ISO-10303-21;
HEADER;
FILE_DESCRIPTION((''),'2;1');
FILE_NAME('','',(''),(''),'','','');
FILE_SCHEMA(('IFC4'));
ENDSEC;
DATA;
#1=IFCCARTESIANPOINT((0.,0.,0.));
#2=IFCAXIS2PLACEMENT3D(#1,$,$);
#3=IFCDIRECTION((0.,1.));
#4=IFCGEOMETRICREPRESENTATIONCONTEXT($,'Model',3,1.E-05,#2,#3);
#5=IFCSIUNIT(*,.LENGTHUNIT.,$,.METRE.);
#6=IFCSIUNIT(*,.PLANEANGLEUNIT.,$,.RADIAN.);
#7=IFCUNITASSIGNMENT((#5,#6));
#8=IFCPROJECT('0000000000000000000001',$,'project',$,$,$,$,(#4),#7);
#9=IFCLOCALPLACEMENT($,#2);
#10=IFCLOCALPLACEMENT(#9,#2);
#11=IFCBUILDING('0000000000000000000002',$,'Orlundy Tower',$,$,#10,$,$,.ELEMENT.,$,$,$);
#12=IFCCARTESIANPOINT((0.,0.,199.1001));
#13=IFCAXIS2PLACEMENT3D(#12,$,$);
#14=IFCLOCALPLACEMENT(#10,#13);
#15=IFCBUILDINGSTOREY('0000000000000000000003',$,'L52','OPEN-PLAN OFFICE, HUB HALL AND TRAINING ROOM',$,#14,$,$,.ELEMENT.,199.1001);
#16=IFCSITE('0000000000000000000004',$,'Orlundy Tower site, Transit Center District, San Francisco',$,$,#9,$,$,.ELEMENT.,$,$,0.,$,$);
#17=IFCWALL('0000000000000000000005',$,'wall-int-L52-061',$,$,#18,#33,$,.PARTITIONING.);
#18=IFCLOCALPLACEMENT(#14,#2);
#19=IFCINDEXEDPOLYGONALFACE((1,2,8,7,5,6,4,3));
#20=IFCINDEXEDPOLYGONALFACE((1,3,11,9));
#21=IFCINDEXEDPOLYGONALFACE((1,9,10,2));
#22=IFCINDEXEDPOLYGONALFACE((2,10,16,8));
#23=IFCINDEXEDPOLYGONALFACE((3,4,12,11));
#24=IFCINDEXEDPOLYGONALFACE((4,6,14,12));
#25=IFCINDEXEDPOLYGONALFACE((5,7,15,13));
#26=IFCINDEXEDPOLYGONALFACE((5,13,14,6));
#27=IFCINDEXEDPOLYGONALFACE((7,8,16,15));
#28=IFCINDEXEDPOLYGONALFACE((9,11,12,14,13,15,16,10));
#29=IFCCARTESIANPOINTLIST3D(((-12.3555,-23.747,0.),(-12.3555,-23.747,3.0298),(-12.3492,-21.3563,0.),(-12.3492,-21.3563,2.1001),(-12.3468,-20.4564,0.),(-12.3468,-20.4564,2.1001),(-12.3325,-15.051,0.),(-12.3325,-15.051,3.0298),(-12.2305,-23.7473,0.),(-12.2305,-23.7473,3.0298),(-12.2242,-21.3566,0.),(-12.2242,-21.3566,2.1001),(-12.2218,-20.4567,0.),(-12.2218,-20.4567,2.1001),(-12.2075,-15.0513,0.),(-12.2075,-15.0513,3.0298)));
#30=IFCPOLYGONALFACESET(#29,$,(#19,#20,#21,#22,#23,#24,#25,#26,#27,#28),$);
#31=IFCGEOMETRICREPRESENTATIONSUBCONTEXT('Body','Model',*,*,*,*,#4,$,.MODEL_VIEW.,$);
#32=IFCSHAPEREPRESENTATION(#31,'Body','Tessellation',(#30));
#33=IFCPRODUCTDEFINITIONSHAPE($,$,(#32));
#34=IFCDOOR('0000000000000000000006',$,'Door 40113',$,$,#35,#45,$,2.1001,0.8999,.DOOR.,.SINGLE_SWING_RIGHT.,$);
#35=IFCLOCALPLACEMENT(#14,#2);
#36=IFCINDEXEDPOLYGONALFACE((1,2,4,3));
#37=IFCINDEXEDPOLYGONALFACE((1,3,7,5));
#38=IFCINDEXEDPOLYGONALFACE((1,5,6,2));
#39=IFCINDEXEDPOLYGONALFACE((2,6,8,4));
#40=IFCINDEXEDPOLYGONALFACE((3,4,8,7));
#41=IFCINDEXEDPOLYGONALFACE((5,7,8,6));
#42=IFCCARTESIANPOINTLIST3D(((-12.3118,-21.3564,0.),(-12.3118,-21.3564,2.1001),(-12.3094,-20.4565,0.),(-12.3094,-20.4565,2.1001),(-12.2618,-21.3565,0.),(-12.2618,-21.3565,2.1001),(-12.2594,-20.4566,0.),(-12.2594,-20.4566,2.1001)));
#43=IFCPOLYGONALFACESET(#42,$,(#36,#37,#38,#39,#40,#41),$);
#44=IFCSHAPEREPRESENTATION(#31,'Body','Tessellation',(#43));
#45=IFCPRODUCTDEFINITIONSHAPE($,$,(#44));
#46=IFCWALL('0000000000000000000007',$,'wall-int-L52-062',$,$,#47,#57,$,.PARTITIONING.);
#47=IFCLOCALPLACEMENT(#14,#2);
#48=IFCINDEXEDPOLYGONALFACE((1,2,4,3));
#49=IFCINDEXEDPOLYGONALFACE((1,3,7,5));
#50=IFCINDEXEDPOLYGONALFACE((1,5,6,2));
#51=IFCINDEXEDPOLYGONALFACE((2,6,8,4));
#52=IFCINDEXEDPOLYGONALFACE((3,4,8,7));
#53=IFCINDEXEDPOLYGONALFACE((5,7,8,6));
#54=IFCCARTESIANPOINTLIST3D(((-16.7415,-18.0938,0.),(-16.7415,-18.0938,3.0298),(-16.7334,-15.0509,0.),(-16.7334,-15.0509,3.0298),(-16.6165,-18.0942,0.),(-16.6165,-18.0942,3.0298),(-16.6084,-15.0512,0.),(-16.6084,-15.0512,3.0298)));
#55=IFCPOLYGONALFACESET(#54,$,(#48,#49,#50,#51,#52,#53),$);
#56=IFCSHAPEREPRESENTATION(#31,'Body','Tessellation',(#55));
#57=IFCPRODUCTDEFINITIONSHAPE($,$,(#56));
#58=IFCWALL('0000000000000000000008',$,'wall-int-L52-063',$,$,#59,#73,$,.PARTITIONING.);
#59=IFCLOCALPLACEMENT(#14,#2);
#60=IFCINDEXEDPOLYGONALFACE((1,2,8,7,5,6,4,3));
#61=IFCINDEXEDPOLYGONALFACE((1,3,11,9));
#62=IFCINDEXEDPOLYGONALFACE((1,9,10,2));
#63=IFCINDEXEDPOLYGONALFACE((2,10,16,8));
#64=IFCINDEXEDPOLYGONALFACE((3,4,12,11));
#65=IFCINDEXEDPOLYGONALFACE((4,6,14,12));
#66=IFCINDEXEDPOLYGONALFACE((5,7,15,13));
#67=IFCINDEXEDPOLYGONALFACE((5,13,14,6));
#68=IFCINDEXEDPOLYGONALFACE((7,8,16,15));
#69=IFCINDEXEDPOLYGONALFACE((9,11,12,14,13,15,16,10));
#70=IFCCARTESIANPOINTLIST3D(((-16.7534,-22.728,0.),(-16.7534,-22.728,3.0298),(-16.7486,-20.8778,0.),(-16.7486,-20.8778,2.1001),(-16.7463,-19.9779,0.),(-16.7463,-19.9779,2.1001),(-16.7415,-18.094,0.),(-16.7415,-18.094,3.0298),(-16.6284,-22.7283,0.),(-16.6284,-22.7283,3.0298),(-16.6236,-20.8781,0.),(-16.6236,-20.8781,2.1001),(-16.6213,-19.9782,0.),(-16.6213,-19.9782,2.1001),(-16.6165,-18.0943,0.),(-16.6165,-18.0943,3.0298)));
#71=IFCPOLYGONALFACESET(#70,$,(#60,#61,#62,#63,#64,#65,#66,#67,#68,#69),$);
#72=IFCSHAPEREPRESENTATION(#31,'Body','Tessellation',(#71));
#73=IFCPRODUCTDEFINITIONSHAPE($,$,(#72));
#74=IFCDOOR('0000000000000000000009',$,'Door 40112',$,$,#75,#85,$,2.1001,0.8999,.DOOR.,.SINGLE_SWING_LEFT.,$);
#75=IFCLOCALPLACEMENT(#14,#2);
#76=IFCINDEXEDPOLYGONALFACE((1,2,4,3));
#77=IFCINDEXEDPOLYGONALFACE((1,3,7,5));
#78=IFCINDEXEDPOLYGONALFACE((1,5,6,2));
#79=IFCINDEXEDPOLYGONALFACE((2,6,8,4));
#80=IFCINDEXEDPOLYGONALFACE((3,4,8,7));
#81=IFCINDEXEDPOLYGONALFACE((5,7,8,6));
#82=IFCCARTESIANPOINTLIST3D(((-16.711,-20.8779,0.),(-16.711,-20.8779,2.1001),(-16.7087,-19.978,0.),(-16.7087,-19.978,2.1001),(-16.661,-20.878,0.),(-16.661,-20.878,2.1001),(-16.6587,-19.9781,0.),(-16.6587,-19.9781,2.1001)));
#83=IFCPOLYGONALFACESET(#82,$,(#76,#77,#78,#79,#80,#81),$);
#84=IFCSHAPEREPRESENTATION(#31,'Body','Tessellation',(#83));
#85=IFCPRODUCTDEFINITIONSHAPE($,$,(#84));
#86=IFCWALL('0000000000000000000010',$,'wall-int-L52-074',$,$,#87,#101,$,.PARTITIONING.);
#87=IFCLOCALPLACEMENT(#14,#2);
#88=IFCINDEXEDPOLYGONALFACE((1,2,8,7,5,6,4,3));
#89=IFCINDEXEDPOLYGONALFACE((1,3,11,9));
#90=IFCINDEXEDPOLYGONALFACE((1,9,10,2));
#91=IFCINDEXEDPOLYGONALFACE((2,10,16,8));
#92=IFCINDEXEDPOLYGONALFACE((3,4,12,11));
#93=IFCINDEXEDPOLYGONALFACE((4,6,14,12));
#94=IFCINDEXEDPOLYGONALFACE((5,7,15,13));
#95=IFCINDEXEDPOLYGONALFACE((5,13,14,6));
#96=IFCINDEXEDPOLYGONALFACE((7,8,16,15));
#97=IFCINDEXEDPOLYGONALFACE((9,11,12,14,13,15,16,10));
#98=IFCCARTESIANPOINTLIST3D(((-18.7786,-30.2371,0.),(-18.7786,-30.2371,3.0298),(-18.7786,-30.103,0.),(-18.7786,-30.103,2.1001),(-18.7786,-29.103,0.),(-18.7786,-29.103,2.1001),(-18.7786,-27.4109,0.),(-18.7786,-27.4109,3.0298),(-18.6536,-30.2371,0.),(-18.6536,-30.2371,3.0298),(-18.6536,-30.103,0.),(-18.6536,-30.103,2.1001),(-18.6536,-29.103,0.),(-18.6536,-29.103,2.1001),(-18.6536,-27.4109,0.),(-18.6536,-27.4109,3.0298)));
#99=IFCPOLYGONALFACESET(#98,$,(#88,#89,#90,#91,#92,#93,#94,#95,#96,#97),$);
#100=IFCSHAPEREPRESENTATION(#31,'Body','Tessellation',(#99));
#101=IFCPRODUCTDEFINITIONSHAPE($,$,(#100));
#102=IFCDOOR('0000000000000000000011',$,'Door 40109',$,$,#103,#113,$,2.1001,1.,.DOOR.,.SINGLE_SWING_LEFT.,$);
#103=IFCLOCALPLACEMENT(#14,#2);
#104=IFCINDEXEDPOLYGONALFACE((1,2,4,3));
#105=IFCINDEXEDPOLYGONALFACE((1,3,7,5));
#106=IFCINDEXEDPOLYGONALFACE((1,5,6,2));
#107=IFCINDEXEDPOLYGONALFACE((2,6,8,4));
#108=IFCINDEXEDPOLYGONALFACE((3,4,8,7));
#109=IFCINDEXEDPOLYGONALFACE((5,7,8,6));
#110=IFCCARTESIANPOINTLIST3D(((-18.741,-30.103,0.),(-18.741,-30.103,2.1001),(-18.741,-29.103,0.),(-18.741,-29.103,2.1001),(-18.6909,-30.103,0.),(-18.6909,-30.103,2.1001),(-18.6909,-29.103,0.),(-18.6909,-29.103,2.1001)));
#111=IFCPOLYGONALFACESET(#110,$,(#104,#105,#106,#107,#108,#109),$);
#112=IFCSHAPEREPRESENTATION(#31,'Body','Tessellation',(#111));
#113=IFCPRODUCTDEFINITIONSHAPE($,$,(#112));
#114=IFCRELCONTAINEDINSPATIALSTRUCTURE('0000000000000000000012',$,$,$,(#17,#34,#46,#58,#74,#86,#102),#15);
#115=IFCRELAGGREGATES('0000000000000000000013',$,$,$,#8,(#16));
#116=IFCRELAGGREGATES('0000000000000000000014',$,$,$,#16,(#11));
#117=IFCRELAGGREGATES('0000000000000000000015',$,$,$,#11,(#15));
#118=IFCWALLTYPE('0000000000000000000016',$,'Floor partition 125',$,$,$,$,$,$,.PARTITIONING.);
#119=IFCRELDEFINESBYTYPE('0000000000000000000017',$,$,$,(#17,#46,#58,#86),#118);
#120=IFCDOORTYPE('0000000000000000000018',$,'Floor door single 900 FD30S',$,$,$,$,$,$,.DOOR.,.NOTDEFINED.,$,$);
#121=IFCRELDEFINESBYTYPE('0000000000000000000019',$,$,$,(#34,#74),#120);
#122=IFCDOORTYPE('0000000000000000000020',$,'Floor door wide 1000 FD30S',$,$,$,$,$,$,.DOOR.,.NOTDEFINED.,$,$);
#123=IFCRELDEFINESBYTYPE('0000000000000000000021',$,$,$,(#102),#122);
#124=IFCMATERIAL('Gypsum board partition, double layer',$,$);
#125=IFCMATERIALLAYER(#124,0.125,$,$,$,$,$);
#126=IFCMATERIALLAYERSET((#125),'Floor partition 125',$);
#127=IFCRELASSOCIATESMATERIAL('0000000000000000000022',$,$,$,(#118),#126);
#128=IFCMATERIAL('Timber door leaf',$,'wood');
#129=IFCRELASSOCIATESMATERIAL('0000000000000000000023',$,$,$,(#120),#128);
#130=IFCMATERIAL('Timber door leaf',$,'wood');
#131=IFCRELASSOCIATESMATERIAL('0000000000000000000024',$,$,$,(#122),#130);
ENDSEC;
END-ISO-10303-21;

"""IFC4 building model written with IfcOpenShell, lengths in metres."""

from ifc_helpers import new_model, si_unit, direction, frame, frame_2d, origin, place, context, subcontext, project, spatial, rectangle, extrude, material, layer, layer_set, type_object, element, fill, save


model = new_model("IFC4")

# Units and contexts
model_context = context("Model", 3, precision=1e-05, world=origin(), true_north=direction((0.0, 1.0)))
body_context = subcontext(model_context, "Body", "Model", "MODEL_VIEW")
ifc_project = project(units=[si_unit("LENGTHUNIT", "METRE"), si_unit("PLANEANGLEUNIT", "RADIAN")], contexts=[model_context])

# Site, building, storey
site_placement = place(None, origin())
site = spatial("IfcSite", under=ifc_project, at=site_placement, Name="Orlundy Tower site, Transit Center District, San Francisco", CompositionType="ELEMENT", RefElevation=0.0)
building_placement = place(site_placement, origin())
building = spatial("IfcBuilding", under=site, at=building_placement, Name="Orlundy Tower", CompositionType="ELEMENT")
storey_placement = place(building_placement, frame((0.0, 0.0, 199.1001)))
storey = spatial("IfcBuildingStorey", under=building, at=storey_placement, Name="L52", Description="OPEN-PLAN OFFICE, HUB HALL AND TRAINING ROOM", CompositionType="ELEMENT", Elevation=199.1001)

# Shared definitions
ifc_material_1 = material(Name="Gypsum board partition, double layer")
ifc_layer_1 = layer(ifc_material_1, 0.125)
ifc_layer_set_1 = layer_set([ifc_layer_1], Name="Floor partition 125")
wall_type_1 = type_object("IfcWallType", Name="Floor partition 125", PredefinedType="PARTITIONING", material=ifc_layer_set_1)

# Wall, opening, door
ifc_material_2 = material(Name="Timber door leaf", Category="wood")
door_type_1 = type_object("IfcDoorType", Name="Floor door single 900 FD30S", OperationType="NOTDEFINED", PredefinedType="DOOR", material=ifc_material_2)
wall_1_placement = place(storey_placement, frame((-12.27, -15.051, 0.0), z_axis=(0.0, 0.0, 1.0), x_axis=(-0.002639, -0.999997, 0.0)))
wall_1 = element("IfcWall", 1, at=wall_1_placement, inside=storey, type_object=wall_type_1, Name="wall-int-L52-061", PredefinedType="PARTITIONING", context=body_context, shape_type="SweptSolid", body=[
    extrude(rectangle(XDim=8.696, YDim=0.125, at=frame_2d((4.3481, 0.0))), origin(), (0.0, 0.0, 1.0), 3.0298),
])
opening_1_placement = place(wall_1_placement, frame((5.4055, 0.0, 0.0)))
opening_1 = element("IfcOpeningElement", 2, at=opening_1_placement, cuts=wall_1, PredefinedType="OPENING", context=body_context, shape_type="SweptSolid", body=[
    extrude(rectangle(XDim=0.8999, YDim=2.1001, at=frame_2d((0.45, 1.05))), frame((0.0, 0.0725, 0.0), z_axis=(0.0, -1.0, 0.0), x_axis=(1.0, 0.0, 0.0)), (0.0, 0.0, 1.0), 0.145),
])
door_1_placement = place(opening_1_placement, origin())
door_1 = element("IfcDoor", 3, at=door_1_placement, inside=storey, type_object=door_type_1, Name="Door 40113", OperationType="SINGLE_SWING_RIGHT", OverallHeight=2.1001, OverallWidth=0.8999, PredefinedType="DOOR", context=body_context, shape_type="SweptSolid", body=[
    extrude(rectangle(XDim=0.8999, YDim=2.1001, at=frame_2d((0.45, 1.05))), frame((0.0, 0.0249, 0.0), z_axis=(0.0, -1.0, 0.0), x_axis=(1.0, 0.0, 0.0)), (0.0, 0.0, 1.0), 0.05),
])
fill(opening_1, door_1)

# Wall
wall_2_placement = place(storey_placement, frame((-16.679, -18.094, 0.0), z_axis=(0.0, 0.0, 1.0), x_axis=(0.002648, 0.999996, 0.0)))
element("IfcWall", 4, at=wall_2_placement, inside=storey, type_object=wall_type_1, Name="wall-int-L52-062", PredefinedType="PARTITIONING", context=body_context, shape_type="SweptSolid", body=[
    extrude(rectangle(XDim=3.043, YDim=0.125, at=frame_2d((1.5215, 0.0))), origin(), (0.0, 0.0, 1.0), 3.0298),
])

# Walls, openings, doors
wall_3_placement = place(storey_placement, frame((-16.6909, -22.728, 0.0), z_axis=(0.0, 0.0, 1.0), x_axis=(0.002582, 0.999997, 0.0)))
wall_3 = element("IfcWall", 5, at=wall_3_placement, inside=storey, type_object=wall_type_1, Name="wall-int-L52-063", PredefinedType="PARTITIONING", context=body_context, shape_type="SweptSolid", body=[
    extrude(rectangle(XDim=4.634, YDim=0.125, at=frame_2d((2.3169, 0.0))), origin(), (0.0, 0.0, 1.0), 3.0298),
])
opening_2_placement = place(wall_3_placement, frame((1.8501, 0.0, 0.0)))
opening_2 = element("IfcOpeningElement", 6, at=opening_2_placement, cuts=wall_3, PredefinedType="OPENING", context=body_context, shape_type="SweptSolid", body=[
    extrude(rectangle(XDim=0.8999, YDim=2.1001, at=frame_2d((0.45, 1.05))), frame((0.0, 0.0725, 0.0), z_axis=(0.0, -1.0, 0.0), x_axis=(1.0, 0.0, 0.0)), (0.0, 0.0, 1.0), 0.145),
])
door_2_placement = place(opening_2_placement, origin())
door_2 = element("IfcDoor", 7, at=door_2_placement, inside=storey, type_object=door_type_1, Name="Door 40112", OperationType="SINGLE_SWING_LEFT", OverallHeight=2.1001, OverallWidth=0.8999, PredefinedType="DOOR", context=body_context, shape_type="SweptSolid", body=[
    extrude(rectangle(XDim=0.8999, YDim=2.1001, at=frame_2d((0.45, 1.05))), frame((0.0, 0.0249, 0.0), z_axis=(0.0, -1.0, 0.0), x_axis=(1.0, 0.0, 0.0)), (0.0, 0.0, 1.0), 0.05),
])
fill(opening_2, door_2)
wall_4_placement = place(storey_placement, frame((-18.7161, -30.2371, 0.0), z_axis=(0.0, 0.0, 1.0), x_axis=(0.0, 1.0, 0.0)))
wall_4 = element("IfcWall", 8, at=wall_4_placement, inside=storey, type_object=wall_type_1, Name="wall-int-L52-074", PredefinedType="PARTITIONING", context=body_context, shape_type="SweptSolid", body=[
    extrude(rectangle(XDim=2.8262, YDim=0.125, at=frame_2d((1.4131, 0.0))), origin(), (0.0, 0.0, 1.0), 3.0298),
])
opening_3_placement = place(wall_4_placement, frame((0.134, 0.0, 0.0)))
opening_3 = element("IfcOpeningElement", 9, at=opening_3_placement, cuts=wall_4, PredefinedType="OPENING", context=body_context, shape_type="SweptSolid", body=[
    extrude(rectangle(XDim=1.0, YDim=2.1001, at=frame_2d((0.5, 1.05))), frame((0.0, 0.0725, 0.0), z_axis=(0.0, -1.0, 0.0), x_axis=(1.0, 0.0, 0.0)), (0.0, 0.0, 1.0), 0.145),
])
ifc_material_3 = material(Name="Timber door leaf", Category="wood")
door_type_2 = type_object("IfcDoorType", Name="Floor door wide 1000 FD30S", OperationType="NOTDEFINED", PredefinedType="DOOR", material=ifc_material_3)
door_3_placement = place(opening_3_placement, origin())
door_3 = element("IfcDoor", 10, at=door_3_placement, inside=storey, type_object=door_type_2, Name="Door 40109", OperationType="SINGLE_SWING_LEFT", OverallHeight=2.1001, OverallWidth=1.0, PredefinedType="DOOR", context=body_context, shape_type="SweptSolid", body=[
    extrude(rectangle(XDim=1.0, YDim=2.1001, at=frame_2d((0.5, 1.05))), frame((0.0, 0.0249, 0.0), z_axis=(0.0, -1.0, 0.0), x_axis=(1.0, 0.0, 0.0)), (0.0, 0.0, 1.0), 0.05),
])
fill(opening_3, door_3)

save(model, "model.ifc")
